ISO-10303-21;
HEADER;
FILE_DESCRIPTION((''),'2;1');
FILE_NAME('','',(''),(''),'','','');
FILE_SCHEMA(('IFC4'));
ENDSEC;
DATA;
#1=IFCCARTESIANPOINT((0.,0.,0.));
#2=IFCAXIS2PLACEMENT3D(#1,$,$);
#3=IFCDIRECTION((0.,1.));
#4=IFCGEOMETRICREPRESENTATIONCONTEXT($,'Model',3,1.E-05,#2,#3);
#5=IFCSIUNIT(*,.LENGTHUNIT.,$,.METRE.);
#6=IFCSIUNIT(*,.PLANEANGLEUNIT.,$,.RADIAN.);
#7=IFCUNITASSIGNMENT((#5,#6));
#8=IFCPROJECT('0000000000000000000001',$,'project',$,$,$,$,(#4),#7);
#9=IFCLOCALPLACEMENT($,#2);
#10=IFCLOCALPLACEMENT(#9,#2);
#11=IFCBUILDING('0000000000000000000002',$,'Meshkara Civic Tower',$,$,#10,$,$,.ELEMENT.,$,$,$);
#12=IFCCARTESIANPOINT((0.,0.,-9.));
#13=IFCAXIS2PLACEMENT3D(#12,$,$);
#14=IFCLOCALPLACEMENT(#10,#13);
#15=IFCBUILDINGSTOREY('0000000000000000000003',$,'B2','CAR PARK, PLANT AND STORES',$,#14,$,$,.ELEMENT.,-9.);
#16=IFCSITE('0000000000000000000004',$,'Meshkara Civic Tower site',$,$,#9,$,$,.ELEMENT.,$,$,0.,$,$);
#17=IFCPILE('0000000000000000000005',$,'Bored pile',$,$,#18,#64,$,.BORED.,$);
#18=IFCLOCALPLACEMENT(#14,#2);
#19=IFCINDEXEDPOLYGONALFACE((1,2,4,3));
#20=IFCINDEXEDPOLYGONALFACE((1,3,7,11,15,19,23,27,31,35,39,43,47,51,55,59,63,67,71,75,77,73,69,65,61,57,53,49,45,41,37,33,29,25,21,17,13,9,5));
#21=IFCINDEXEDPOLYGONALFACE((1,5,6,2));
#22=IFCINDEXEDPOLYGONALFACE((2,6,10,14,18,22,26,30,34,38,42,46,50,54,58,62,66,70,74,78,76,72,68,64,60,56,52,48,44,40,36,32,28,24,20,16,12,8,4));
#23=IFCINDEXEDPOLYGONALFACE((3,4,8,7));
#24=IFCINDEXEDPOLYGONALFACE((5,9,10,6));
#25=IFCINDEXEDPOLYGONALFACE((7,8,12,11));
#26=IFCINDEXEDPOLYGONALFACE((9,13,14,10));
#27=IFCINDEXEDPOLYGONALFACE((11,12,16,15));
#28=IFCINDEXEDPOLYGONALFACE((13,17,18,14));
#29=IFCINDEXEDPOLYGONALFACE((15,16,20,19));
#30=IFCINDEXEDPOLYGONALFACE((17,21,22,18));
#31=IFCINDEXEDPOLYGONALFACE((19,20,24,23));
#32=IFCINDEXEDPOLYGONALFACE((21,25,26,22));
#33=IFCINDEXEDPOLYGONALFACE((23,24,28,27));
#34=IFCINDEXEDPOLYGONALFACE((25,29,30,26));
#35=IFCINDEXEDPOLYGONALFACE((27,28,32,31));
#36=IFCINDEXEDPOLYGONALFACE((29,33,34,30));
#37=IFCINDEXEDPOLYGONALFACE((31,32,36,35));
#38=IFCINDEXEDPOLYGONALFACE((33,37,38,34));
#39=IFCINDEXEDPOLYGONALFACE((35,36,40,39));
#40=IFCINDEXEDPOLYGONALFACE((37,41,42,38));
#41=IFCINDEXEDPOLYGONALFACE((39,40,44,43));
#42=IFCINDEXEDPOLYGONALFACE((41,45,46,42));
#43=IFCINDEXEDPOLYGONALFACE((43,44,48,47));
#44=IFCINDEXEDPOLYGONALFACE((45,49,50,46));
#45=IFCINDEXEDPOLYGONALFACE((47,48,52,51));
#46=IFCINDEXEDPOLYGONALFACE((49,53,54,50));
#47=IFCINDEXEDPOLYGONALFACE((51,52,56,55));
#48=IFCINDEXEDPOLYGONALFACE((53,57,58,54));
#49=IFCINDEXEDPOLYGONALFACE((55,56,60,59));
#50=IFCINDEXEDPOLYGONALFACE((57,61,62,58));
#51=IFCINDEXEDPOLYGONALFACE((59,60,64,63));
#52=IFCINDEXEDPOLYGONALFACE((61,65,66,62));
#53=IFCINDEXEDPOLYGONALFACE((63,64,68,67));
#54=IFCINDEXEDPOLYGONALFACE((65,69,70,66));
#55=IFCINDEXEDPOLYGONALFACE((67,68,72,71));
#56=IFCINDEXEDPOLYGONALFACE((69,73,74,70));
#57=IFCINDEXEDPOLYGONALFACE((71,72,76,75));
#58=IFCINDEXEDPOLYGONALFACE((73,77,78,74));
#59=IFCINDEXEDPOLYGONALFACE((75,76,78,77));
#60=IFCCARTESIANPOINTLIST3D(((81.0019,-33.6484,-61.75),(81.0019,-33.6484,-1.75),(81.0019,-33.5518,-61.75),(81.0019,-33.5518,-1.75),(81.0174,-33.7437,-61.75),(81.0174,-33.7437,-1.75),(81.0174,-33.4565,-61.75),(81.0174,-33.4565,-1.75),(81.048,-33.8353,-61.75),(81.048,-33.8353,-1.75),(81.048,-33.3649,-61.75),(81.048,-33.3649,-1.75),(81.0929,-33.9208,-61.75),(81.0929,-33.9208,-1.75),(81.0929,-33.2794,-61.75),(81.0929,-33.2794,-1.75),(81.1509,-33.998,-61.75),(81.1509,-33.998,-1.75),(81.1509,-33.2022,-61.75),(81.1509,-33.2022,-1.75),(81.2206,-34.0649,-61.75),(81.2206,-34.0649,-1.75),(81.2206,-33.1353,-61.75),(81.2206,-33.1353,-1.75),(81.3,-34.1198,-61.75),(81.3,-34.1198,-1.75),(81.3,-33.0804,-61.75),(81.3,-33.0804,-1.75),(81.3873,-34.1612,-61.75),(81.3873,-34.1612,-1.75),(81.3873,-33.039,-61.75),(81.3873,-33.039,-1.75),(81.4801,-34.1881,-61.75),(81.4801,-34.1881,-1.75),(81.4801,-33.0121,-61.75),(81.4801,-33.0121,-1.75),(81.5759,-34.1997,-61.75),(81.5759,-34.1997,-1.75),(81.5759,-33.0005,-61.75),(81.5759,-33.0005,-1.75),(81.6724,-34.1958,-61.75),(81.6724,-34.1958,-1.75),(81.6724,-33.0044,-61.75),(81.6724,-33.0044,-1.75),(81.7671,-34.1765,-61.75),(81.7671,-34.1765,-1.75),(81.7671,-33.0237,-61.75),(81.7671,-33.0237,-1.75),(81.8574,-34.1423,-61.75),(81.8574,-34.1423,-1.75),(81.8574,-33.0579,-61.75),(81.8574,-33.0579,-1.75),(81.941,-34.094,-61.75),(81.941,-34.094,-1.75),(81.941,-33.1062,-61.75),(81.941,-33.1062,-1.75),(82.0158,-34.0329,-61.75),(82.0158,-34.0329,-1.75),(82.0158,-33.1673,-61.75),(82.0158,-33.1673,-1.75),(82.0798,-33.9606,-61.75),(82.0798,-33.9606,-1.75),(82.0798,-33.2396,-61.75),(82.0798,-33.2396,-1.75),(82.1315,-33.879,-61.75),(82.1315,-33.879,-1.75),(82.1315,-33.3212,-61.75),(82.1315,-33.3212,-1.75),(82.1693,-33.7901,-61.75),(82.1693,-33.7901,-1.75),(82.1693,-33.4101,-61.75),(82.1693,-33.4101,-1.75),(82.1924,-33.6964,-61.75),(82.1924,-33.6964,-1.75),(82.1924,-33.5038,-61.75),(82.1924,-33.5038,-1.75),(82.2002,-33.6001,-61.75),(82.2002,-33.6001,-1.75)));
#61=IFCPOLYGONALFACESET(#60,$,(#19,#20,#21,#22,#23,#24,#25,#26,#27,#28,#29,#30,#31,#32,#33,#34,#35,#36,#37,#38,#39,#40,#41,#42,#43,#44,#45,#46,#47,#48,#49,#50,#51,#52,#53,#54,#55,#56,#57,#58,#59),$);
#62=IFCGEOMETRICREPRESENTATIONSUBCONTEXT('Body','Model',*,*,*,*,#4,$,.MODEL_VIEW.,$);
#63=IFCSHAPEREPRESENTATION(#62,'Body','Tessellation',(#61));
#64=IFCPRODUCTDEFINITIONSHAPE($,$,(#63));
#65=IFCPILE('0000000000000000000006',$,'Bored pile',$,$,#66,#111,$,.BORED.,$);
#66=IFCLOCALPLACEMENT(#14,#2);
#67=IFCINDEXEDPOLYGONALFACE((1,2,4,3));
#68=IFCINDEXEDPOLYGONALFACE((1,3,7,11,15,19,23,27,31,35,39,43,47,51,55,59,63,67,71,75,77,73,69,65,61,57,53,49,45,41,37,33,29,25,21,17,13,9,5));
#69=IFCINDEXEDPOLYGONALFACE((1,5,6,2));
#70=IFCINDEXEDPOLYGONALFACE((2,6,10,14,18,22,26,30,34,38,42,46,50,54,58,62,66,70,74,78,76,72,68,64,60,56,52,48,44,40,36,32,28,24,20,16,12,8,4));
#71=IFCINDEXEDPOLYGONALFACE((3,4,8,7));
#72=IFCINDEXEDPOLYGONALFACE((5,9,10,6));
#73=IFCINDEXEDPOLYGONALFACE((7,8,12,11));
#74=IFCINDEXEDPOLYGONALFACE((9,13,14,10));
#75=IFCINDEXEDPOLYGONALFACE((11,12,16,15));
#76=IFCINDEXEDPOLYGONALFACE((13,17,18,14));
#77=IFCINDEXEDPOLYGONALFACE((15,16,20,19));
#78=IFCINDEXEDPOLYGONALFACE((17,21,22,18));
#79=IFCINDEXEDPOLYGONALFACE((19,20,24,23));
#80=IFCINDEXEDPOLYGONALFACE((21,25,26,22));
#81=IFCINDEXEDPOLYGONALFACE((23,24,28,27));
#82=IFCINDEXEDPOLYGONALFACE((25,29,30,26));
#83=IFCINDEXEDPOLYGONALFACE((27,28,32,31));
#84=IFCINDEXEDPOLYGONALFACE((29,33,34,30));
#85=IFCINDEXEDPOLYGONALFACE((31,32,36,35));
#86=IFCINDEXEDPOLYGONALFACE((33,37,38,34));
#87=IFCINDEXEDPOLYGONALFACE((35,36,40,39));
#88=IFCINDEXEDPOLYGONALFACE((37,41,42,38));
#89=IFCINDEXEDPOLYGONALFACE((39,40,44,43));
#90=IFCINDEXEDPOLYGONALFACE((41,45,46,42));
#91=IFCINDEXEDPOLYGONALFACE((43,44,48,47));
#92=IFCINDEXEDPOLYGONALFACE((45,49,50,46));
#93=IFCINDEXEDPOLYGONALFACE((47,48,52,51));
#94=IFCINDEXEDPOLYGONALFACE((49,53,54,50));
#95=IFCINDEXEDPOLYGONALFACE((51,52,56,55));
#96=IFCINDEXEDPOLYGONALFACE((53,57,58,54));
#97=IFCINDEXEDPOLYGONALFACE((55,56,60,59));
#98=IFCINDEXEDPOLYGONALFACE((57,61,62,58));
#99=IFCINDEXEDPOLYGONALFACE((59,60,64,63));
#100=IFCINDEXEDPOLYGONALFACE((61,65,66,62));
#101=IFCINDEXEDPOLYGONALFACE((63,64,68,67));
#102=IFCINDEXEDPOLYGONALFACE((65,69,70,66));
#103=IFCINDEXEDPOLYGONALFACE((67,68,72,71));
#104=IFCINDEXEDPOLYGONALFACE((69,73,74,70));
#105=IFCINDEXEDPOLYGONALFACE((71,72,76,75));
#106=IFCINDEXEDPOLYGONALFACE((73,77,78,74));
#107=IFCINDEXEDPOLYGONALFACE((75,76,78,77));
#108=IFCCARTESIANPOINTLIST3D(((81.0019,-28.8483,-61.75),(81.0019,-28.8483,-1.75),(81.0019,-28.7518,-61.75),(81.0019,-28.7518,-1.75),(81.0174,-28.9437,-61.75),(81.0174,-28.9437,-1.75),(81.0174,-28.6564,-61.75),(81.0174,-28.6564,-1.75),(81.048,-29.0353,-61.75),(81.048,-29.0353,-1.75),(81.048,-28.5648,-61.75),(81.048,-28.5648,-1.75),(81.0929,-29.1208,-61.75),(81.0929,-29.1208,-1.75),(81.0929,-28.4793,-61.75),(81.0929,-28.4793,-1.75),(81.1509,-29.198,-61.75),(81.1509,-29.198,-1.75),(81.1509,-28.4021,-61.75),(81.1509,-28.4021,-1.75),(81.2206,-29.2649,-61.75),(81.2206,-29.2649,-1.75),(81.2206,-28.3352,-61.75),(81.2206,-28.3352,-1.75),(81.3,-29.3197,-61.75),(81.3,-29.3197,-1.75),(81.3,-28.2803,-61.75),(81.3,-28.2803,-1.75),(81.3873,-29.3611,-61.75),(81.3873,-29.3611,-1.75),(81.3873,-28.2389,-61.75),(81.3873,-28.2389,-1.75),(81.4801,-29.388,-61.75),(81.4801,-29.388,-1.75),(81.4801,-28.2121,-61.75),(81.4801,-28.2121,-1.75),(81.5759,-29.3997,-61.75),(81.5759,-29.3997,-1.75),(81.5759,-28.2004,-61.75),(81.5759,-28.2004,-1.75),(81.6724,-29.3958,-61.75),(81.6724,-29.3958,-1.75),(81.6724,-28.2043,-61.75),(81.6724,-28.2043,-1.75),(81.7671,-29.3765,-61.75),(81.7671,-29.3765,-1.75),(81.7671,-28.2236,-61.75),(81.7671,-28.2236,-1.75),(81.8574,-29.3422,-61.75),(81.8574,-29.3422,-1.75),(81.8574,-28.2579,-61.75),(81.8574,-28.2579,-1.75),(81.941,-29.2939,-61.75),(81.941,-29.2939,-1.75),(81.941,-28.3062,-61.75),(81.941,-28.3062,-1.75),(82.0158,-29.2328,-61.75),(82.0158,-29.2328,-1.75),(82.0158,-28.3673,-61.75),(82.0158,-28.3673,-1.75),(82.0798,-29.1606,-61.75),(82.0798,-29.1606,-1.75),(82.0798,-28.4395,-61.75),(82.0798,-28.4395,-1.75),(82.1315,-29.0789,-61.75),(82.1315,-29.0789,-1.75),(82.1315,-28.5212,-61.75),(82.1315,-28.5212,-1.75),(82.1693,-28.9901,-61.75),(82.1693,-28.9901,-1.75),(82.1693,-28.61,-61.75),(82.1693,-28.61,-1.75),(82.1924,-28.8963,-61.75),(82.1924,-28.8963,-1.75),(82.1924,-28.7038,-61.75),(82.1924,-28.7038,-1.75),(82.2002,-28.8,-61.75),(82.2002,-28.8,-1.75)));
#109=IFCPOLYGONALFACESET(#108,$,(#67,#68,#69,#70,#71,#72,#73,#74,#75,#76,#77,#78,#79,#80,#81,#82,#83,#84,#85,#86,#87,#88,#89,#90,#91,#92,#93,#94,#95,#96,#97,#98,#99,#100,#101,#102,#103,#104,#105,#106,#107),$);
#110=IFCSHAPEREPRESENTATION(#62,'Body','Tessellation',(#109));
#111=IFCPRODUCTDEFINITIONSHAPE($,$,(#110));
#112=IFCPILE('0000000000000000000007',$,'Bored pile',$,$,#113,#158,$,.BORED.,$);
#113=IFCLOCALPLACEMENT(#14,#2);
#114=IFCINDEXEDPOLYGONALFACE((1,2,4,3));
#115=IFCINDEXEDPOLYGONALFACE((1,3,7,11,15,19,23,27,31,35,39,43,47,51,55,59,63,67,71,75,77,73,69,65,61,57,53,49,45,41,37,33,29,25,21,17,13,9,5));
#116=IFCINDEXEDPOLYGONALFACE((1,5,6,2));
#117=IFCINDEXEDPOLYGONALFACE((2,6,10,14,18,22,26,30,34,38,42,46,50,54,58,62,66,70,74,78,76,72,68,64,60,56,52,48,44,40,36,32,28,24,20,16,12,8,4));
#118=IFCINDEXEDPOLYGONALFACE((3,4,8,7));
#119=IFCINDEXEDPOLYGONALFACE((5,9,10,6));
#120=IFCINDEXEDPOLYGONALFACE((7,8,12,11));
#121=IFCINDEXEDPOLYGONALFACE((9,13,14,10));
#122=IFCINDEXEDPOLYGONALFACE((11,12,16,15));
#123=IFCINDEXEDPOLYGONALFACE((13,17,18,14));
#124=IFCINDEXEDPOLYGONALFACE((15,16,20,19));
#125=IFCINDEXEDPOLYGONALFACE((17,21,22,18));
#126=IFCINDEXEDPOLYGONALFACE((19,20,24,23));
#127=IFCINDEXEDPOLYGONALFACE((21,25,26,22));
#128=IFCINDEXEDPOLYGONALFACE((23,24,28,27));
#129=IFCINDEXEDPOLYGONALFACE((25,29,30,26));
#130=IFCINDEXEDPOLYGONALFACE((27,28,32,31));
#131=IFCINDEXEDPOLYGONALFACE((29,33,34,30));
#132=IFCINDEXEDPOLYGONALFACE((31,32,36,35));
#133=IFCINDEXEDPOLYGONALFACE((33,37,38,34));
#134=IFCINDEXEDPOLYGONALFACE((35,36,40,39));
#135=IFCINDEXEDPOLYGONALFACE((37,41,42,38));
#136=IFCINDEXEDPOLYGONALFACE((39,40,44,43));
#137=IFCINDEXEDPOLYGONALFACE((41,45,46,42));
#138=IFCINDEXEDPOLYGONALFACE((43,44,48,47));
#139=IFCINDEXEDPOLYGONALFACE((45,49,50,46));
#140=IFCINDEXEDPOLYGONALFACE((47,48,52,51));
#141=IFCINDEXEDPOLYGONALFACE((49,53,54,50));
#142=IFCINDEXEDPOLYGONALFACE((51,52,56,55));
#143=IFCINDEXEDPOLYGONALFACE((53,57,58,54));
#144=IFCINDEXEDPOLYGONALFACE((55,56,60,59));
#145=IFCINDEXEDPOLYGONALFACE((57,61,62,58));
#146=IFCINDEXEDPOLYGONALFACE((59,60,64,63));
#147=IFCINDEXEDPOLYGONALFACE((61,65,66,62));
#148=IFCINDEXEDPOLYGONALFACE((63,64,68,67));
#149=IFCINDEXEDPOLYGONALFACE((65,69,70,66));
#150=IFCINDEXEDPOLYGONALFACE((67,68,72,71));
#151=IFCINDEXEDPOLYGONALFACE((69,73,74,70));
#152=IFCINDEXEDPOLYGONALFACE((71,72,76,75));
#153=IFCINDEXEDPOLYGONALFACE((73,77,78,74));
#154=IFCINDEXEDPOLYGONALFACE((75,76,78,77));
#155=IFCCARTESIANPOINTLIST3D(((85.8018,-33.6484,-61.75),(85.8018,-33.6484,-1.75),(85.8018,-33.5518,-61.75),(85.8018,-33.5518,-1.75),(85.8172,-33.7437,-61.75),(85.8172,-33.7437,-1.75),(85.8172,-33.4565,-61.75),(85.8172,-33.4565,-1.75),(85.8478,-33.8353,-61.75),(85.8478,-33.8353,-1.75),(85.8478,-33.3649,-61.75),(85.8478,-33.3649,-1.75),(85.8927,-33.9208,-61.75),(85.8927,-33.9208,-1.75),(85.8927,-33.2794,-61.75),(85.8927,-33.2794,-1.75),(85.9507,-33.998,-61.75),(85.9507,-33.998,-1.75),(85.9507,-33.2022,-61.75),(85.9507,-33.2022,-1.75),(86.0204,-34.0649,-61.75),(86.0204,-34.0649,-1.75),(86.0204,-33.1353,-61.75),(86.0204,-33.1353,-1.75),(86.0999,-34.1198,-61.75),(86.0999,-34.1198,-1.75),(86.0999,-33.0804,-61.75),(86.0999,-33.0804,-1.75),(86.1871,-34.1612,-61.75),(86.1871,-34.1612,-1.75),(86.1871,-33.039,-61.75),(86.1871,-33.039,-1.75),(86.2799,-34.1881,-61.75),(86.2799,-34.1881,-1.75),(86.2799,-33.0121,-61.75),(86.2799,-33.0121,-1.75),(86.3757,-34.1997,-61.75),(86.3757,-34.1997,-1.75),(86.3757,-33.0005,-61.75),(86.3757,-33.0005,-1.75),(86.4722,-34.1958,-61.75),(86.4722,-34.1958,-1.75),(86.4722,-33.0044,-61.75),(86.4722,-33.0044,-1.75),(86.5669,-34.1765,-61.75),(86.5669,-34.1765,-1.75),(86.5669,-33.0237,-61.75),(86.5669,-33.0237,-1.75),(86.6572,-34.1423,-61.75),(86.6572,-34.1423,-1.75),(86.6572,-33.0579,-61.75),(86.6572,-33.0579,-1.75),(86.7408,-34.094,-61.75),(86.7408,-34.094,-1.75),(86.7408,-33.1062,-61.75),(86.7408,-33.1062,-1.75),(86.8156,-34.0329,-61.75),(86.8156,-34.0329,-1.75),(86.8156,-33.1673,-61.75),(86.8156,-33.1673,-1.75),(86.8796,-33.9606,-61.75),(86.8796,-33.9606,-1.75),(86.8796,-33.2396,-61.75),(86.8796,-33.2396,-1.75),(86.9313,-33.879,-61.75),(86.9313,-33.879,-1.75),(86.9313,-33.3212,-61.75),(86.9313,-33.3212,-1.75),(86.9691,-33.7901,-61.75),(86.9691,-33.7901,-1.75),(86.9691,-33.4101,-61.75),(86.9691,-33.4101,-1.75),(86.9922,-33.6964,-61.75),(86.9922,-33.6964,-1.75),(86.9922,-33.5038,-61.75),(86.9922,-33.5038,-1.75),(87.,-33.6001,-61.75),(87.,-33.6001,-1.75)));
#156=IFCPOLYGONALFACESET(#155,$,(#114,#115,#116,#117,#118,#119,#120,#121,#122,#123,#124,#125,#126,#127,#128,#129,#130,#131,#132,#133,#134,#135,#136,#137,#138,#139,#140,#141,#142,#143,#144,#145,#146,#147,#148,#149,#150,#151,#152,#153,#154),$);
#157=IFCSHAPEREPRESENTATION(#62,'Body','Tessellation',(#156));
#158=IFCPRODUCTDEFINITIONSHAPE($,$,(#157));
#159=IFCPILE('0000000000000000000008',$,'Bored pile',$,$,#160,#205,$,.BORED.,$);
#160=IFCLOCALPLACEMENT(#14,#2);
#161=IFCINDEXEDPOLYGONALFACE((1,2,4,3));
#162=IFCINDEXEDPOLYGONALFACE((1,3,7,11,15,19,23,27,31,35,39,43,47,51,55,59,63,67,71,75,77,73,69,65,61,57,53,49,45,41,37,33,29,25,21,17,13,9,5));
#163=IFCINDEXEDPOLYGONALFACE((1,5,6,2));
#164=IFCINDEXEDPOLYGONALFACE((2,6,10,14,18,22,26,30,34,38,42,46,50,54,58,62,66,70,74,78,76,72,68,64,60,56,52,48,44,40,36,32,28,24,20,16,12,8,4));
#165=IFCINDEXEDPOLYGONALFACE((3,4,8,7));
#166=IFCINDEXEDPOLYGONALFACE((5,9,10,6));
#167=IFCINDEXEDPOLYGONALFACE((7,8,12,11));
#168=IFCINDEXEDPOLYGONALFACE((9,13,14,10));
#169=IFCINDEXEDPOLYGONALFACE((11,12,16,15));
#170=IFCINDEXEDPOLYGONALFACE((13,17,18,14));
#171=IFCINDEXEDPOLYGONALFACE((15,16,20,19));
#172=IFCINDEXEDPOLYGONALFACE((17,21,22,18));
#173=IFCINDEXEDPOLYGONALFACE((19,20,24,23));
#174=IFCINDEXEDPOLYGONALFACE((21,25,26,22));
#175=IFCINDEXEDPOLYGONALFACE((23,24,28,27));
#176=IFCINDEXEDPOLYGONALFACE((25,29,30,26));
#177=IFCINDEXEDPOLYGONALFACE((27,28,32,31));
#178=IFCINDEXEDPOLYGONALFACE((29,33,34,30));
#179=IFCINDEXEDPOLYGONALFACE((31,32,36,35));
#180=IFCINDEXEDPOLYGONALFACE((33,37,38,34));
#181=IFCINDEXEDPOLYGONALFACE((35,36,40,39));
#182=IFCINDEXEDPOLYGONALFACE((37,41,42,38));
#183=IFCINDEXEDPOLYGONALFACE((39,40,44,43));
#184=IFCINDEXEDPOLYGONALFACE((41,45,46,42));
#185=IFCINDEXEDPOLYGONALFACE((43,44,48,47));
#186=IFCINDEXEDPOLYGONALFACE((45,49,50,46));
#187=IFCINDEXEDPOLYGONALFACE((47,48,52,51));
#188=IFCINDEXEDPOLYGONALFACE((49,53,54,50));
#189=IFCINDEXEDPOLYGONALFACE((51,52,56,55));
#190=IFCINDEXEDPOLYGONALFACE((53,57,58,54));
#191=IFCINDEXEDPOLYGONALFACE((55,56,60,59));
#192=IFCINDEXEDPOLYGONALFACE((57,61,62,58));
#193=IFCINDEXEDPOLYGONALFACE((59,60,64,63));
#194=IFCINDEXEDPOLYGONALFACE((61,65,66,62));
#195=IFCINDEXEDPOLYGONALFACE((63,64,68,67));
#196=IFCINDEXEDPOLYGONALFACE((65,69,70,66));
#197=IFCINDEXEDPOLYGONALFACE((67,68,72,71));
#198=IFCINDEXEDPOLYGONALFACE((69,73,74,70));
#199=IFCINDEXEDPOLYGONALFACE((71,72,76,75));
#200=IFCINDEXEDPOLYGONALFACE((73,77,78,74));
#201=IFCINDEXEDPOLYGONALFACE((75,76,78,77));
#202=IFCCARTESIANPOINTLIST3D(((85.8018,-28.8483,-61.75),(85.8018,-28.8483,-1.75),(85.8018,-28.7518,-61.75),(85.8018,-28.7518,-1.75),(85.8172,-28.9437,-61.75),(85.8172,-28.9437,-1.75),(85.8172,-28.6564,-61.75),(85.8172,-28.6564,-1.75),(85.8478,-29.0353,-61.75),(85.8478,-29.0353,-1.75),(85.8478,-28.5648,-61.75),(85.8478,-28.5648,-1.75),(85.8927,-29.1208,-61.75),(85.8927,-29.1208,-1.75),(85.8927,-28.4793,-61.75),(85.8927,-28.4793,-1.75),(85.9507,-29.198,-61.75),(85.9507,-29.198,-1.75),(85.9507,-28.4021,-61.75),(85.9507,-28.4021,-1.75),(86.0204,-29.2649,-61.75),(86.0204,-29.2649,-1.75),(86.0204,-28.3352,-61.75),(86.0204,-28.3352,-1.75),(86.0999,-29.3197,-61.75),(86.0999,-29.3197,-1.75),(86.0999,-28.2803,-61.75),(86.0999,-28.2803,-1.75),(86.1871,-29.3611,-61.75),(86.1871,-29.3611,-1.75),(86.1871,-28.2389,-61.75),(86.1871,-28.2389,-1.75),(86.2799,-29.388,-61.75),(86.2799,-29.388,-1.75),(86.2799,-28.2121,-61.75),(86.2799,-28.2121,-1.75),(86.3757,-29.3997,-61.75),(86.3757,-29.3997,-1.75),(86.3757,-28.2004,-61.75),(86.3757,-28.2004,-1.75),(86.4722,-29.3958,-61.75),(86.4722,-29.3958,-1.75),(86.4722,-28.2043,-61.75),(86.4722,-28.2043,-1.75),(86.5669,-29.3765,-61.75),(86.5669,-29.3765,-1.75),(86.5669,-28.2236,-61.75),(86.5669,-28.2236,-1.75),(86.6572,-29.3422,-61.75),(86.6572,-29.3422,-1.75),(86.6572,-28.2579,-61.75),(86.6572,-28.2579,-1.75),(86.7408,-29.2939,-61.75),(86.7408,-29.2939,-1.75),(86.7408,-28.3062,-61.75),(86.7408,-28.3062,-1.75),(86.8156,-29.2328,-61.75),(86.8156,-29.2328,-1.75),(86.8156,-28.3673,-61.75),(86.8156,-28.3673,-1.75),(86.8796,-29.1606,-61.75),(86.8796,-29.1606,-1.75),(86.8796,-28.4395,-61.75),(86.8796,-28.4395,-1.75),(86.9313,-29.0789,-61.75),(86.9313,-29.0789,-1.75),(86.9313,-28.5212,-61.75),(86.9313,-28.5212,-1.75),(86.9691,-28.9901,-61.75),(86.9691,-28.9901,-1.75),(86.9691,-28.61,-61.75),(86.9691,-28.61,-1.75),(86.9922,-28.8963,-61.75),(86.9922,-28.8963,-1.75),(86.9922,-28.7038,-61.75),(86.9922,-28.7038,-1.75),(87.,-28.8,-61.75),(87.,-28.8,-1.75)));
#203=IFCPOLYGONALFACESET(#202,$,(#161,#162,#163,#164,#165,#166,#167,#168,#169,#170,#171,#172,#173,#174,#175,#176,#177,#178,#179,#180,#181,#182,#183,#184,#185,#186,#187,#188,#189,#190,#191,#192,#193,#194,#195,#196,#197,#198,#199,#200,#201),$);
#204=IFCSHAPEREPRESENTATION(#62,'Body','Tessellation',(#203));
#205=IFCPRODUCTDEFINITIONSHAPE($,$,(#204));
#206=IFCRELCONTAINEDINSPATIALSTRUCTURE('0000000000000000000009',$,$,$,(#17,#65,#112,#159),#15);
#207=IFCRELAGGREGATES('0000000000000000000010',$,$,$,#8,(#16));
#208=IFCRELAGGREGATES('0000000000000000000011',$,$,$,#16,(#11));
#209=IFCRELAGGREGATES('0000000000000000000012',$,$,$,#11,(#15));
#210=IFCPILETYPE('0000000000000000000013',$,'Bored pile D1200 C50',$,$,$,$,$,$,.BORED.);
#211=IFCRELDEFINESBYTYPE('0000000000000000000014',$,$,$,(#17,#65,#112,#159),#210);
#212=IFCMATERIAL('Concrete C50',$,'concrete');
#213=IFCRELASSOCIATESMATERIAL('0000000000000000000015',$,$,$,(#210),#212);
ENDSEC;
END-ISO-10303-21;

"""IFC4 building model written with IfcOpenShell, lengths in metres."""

from ifc_helpers import new_model, si_unit, direction, frame, origin, origin_2d, place, context, subcontext, project, spatial, circle, extrude, material, material_profile, profile_set, type_object, element, save


model = new_model("IFC4")

# Units and contexts
model_context = context("Model", 3, precision=1e-05, world=origin(), true_north=direction((0.0, 1.0)))
body_context = subcontext(model_context, "Body", "Model", "MODEL_VIEW")
ifc_project = project(units=[si_unit("LENGTHUNIT", "METRE"), si_unit("PLANEANGLEUNIT", "RADIAN")], contexts=[model_context])

# Site, building, storey
site_placement = place(None, origin())
site = spatial("IfcSite", under=ifc_project, at=site_placement, Name="Meshkara Civic Tower site", CompositionType="ELEMENT", RefElevation=0.0)
building_placement = place(site_placement, origin())
building = spatial("IfcBuilding", under=site, at=building_placement, Name="Meshkara Civic Tower", CompositionType="ELEMENT")
storey_placement = place(building_placement, frame((0.0, 0.0, -9.0)))
storey = spatial("IfcBuildingStorey", under=building, at=storey_placement, Name="B2", Description="CAR PARK, PLANT AND STORES", CompositionType="ELEMENT", Elevation=-9.0)

# Piles
ifc_material_1 = material(Name="Concrete C50", Category="concrete")
ifc_material_profile_1 = material_profile(ifc_material_1, circle(Radius=0.6001, at=origin_2d()))
ifc_profile_set_1 = profile_set([ifc_material_profile_1], Name="Concrete C50")
pile_type = type_object("IfcPileType", Name="Bored pile D1200 C50", PredefinedType="BORED", material=ifc_profile_set_1)
for number, where, z_axis, x_axis, name in (
    (1, (81.6001, -33.6001, -1.75), (0.0, 0.0, -1.0), (1.0, 0.0, 0.0), "Bored pile"),
    (2, (81.6001, -28.8, -1.75), (0.0, 0.0, -1.0), (1.0, 0.0, 0.0), "Bored pile"),
    (3, (86.3999, -33.6001, -1.75), (0.0, 0.0, -1.0), (1.0, 0.0, 0.0), "Bored pile"),
    (4, (86.3999, -28.8, -1.75), (0.0, 0.0, -1.0), (1.0, 0.0, 0.0), "Bored pile"),
):
    element("IfcPile", number, at=place(storey_placement, frame(where, z_axis=z_axis, x_axis=x_axis)), inside=storey, type_object=pile_type, Name=name, PredefinedType="BORED", context=body_context, shape_type="SweptSolid", body=[
        extrude(circle(Radius=0.6001, at=origin_2d()), origin(), (0.0, 0.0, 1.0), 60.0),
    ])

save(model, "model.ifc")
